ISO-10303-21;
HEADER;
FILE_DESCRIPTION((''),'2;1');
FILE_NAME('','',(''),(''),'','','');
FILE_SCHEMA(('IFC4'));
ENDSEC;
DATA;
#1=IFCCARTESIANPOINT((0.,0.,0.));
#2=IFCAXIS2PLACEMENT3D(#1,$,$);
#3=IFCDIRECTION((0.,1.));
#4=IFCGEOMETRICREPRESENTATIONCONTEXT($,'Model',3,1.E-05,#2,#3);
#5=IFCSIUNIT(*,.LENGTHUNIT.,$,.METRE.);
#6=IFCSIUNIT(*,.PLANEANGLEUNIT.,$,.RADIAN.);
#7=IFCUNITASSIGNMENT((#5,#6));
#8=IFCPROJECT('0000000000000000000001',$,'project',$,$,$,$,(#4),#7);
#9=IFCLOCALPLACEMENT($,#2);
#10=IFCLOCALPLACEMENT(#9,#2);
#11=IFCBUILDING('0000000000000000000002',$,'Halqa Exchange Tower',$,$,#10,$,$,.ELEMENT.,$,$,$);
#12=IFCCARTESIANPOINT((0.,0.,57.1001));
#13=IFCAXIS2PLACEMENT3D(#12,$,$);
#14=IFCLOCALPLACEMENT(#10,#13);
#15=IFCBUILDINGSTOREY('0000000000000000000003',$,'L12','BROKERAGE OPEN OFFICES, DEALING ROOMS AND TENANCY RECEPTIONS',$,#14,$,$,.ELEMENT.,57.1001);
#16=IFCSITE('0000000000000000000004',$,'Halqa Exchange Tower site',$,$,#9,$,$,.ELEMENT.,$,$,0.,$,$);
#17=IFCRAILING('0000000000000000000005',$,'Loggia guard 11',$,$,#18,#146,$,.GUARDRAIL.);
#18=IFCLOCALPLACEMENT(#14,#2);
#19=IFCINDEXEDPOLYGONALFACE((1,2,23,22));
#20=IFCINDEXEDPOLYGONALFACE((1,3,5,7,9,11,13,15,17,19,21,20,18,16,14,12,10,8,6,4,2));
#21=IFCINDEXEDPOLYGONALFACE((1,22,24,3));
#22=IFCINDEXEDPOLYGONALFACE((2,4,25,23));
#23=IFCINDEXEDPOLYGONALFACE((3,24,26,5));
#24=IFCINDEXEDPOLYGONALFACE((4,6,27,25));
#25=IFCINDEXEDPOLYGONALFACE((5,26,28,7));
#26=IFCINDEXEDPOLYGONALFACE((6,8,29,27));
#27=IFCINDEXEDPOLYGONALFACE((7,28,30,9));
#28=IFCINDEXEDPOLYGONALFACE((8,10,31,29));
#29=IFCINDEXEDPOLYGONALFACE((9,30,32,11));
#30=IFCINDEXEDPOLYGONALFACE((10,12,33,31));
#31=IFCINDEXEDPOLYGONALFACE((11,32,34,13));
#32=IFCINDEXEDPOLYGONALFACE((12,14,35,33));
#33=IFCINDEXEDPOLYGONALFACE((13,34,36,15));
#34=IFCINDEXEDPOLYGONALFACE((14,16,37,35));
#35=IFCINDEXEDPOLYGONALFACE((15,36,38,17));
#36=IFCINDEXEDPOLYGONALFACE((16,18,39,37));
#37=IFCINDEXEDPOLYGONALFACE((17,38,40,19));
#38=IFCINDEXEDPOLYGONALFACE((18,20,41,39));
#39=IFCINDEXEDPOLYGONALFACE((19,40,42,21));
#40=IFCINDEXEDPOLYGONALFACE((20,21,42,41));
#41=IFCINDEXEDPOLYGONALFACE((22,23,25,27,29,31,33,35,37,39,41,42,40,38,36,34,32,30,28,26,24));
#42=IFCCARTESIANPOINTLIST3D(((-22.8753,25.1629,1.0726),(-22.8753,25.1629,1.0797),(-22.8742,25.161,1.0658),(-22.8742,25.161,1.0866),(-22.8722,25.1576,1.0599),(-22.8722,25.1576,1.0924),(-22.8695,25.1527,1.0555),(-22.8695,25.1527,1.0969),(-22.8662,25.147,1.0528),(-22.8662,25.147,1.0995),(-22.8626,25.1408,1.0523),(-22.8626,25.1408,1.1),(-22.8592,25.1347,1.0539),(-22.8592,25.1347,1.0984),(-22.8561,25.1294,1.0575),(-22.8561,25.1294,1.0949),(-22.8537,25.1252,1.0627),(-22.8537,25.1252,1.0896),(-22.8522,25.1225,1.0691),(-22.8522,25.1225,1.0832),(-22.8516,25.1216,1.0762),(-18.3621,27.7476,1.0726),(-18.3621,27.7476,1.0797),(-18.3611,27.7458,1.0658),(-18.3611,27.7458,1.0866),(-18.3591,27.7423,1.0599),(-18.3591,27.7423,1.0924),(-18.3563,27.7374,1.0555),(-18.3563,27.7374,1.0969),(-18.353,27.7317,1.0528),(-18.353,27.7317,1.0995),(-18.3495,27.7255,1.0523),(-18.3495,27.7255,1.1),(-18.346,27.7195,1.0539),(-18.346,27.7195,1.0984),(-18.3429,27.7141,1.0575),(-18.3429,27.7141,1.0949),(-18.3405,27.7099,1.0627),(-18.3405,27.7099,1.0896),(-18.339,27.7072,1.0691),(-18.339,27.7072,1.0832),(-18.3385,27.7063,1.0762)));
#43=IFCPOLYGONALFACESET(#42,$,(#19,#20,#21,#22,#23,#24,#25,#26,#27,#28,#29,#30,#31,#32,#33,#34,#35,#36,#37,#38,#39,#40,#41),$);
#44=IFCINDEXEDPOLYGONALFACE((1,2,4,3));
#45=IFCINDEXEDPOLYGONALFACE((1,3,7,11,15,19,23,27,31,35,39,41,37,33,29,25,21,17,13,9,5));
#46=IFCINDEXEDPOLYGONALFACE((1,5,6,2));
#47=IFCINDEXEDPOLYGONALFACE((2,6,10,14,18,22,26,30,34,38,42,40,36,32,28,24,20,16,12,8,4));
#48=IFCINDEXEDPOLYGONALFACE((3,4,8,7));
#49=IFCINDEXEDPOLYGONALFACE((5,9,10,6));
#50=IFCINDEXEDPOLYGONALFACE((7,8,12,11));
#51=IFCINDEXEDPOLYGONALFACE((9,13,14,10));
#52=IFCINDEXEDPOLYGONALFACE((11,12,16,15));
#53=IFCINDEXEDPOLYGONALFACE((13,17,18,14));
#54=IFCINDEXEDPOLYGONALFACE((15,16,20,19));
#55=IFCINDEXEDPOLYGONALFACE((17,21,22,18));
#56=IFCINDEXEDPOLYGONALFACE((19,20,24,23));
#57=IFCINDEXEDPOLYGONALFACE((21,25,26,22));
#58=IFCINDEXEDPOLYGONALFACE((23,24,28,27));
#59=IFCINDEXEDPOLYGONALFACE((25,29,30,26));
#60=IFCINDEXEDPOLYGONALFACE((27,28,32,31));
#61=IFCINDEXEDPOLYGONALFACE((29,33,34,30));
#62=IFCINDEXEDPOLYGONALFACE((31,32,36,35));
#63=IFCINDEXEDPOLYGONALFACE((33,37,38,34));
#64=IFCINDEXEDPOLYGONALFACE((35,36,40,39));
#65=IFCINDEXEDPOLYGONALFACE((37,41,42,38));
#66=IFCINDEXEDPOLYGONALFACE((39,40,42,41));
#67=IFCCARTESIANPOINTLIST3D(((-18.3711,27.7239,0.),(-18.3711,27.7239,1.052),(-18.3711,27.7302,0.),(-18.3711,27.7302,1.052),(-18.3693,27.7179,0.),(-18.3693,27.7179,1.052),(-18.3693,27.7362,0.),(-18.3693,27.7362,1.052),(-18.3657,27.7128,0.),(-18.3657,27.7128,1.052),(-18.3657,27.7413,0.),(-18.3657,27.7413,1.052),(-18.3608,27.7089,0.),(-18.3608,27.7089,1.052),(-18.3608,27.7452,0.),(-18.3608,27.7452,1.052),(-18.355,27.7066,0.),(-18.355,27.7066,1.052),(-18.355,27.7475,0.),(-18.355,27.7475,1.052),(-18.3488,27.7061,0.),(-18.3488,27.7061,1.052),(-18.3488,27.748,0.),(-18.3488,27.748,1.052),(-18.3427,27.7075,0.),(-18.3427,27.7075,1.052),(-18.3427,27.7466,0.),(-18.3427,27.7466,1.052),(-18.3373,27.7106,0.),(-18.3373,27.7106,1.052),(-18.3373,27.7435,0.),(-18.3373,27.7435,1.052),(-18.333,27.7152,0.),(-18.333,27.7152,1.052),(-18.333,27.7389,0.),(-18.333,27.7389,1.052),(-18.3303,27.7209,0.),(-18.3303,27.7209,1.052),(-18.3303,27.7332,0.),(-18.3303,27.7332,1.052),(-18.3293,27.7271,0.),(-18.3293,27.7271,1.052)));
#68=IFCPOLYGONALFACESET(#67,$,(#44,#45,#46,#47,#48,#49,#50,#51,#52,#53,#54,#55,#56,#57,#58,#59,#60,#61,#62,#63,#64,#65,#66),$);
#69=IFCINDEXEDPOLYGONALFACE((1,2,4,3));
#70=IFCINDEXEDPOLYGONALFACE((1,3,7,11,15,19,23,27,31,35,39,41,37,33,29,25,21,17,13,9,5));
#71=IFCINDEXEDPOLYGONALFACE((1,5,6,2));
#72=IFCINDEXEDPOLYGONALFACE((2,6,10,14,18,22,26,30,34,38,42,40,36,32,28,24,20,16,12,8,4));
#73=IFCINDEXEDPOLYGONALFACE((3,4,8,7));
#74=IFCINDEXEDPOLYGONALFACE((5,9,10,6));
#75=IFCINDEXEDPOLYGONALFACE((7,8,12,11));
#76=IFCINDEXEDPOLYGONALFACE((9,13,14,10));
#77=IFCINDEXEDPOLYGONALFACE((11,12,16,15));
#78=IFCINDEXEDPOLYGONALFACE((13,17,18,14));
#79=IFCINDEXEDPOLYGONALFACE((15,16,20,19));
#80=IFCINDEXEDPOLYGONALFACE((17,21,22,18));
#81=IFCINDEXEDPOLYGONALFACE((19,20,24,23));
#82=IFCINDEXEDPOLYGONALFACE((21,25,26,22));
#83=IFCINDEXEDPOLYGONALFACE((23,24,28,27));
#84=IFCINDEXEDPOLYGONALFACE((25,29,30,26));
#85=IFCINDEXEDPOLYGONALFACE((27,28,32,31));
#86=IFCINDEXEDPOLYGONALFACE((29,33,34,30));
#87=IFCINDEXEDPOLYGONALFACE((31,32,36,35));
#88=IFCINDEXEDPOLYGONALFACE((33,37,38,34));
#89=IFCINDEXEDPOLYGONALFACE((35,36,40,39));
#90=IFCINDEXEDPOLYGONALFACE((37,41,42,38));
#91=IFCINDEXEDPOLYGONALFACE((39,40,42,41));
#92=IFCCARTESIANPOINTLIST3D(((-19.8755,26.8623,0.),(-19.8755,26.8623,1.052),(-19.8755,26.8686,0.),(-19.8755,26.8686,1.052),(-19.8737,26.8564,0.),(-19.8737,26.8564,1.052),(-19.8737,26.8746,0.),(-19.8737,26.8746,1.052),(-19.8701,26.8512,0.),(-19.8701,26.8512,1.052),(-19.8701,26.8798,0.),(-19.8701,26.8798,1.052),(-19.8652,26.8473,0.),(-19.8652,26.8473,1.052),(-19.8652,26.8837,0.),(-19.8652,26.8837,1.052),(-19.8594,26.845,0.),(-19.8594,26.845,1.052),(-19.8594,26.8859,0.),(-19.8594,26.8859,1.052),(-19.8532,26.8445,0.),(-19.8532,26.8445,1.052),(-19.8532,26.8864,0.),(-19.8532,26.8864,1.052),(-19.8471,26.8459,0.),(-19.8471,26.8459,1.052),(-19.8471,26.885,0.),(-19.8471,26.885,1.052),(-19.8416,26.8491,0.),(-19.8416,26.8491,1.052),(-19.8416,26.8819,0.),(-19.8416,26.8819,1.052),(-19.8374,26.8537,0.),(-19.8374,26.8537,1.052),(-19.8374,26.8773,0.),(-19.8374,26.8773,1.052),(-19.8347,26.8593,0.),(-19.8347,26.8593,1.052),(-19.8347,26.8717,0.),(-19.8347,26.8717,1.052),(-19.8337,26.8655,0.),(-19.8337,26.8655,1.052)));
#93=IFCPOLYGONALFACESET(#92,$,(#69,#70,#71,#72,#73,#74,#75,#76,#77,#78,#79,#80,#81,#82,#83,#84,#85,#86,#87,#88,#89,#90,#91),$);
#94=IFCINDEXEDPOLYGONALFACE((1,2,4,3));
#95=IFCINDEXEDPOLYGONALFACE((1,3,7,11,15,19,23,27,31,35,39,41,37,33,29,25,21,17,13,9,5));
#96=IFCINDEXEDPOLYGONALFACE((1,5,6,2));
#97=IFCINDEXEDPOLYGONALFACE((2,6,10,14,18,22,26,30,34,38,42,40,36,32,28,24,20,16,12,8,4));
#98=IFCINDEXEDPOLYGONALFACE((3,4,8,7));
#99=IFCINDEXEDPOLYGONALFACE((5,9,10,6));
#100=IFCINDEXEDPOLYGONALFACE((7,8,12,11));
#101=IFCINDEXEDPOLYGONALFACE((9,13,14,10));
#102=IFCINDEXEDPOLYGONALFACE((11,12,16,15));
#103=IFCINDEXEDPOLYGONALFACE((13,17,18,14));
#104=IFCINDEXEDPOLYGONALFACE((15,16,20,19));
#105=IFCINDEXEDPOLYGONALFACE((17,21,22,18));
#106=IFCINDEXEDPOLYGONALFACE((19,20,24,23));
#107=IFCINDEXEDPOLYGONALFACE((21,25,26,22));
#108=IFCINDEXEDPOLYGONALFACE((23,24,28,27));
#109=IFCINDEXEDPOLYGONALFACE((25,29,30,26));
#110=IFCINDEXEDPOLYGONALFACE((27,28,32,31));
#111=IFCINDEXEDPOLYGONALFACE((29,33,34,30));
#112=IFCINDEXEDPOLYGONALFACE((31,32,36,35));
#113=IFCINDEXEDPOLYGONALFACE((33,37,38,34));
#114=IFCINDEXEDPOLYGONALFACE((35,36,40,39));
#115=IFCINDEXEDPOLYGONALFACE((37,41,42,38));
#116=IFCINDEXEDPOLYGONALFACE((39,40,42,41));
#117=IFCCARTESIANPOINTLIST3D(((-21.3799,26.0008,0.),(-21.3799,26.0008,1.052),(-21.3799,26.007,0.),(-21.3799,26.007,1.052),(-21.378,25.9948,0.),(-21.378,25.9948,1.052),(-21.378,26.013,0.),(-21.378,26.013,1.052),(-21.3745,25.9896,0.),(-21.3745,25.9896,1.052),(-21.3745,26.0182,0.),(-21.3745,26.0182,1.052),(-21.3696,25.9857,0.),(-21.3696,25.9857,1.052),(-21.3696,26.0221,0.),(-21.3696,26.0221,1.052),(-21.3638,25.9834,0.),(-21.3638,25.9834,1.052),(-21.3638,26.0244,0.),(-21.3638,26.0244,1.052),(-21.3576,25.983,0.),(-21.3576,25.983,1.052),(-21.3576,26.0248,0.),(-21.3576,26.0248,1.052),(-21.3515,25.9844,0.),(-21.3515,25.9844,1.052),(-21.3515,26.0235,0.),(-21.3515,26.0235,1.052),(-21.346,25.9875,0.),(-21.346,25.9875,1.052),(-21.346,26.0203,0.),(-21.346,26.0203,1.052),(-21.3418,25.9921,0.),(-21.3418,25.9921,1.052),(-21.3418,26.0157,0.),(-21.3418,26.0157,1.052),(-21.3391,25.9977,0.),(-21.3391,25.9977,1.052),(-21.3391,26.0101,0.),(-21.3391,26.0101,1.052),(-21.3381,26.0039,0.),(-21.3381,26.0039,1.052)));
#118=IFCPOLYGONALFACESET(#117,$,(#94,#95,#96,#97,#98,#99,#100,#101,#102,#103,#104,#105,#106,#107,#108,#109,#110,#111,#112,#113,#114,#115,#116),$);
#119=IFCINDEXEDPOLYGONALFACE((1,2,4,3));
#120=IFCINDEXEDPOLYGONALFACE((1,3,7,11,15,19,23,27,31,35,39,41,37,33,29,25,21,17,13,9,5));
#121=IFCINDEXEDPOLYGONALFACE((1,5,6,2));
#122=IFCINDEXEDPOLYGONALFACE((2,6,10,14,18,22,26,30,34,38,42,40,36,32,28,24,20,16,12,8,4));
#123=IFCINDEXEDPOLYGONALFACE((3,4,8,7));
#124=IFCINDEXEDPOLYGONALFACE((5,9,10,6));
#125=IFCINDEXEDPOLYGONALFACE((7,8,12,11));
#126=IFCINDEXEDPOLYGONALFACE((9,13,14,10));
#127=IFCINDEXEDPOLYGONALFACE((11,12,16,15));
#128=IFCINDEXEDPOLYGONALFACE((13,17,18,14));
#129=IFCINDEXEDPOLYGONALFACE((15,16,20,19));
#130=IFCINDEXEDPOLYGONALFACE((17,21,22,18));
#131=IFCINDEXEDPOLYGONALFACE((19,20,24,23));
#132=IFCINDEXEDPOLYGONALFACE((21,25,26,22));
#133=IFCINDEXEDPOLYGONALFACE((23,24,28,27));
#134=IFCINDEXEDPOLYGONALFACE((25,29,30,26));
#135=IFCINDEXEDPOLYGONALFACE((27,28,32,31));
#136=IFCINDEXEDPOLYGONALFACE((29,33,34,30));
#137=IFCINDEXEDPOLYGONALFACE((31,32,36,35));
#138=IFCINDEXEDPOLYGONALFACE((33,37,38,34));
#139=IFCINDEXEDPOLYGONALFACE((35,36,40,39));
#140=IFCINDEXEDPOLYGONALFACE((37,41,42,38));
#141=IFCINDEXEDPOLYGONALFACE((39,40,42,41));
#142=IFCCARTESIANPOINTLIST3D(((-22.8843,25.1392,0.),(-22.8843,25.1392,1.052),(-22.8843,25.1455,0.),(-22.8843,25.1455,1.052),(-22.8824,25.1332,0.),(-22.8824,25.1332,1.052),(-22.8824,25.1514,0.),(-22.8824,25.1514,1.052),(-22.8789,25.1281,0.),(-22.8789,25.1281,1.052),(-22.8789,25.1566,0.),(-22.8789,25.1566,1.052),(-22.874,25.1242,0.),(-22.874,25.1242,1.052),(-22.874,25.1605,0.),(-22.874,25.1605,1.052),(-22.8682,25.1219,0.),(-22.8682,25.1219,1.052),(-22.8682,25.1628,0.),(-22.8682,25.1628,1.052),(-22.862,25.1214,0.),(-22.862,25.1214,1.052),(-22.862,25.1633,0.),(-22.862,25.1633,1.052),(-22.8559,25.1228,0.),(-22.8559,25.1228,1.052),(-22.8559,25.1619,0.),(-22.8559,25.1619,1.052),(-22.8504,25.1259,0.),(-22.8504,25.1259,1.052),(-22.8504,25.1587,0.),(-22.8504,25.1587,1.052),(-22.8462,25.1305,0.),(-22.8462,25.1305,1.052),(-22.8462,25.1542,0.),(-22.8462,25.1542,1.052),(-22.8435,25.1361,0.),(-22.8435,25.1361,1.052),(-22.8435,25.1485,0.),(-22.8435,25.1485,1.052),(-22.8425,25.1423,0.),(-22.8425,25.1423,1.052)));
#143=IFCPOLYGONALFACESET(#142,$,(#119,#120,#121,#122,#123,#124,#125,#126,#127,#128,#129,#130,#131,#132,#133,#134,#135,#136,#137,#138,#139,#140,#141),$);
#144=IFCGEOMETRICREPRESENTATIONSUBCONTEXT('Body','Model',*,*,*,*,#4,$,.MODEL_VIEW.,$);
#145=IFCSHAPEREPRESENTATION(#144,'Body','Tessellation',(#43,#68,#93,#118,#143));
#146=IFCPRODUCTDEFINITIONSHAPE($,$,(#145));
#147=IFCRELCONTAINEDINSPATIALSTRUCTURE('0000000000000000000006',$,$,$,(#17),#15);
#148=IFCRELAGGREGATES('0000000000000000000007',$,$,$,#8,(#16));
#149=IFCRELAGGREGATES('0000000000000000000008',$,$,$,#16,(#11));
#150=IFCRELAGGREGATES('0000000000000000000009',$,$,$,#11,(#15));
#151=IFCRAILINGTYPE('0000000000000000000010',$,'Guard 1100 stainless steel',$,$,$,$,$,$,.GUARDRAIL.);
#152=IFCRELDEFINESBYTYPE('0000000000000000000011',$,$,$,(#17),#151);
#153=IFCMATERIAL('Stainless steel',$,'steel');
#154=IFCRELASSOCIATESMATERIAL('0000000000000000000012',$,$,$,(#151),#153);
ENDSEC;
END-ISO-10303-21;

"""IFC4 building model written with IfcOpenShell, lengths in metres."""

from ifc_helpers import new_model, si_unit, direction, frame, origin, origin_2d, place, context, subcontext, project, spatial, circle, extrude, material, type_object, element, save


model = new_model("IFC4")

# Units and contexts
model_context = context("Model", 3, precision=1e-05, world=origin(), true_north=direction((0.0, 1.0)))
body_context = subcontext(model_context, "Body", "Model", "MODEL_VIEW")
ifc_project = project(units=[si_unit("LENGTHUNIT", "METRE"), si_unit("PLANEANGLEUNIT", "RADIAN")], contexts=[model_context])

# Site, building, storey
site_placement = place(None, origin())
site = spatial("IfcSite", under=ifc_project, at=site_placement, Name="Halqa Exchange Tower site", CompositionType="ELEMENT", RefElevation=0.0)
building_placement = place(site_placement, origin())
building = spatial("IfcBuilding", under=site, at=building_placement, Name="Halqa Exchange Tower", CompositionType="ELEMENT")
storey_placement = place(building_placement, frame((0.0, 0.0, 57.1001)))
storey = spatial("IfcBuildingStorey", under=building, at=storey_placement, Name="L12", Description="BROKERAGE OPEN OFFICES, DEALING ROOMS AND TENANCY RECEPTIONS", CompositionType="ELEMENT", Elevation=57.1001)

# Railing
ifc_material_1 = material(Name="Stainless steel", Category="steel")
railing_type = type_object("IfcRailingType", Name="Guard 1100 stainless steel", PredefinedType="GUARDRAIL", material=ifc_material_1)
railing_1_placement = place(storey_placement, frame((-18.3503, 27.7271, 0.0)))
element("IfcRailing", 1, at=railing_1_placement, inside=storey, type_object=railing_type, Name="Loggia guard 11", PredefinedType="GUARDRAIL", context=body_context, shape_type="SweptSolid", body=[
    extrude(circle(Radius=0.0239, at=origin_2d()), frame((0.0, 0.0, 1.0762), z_axis=(-0.867766, -0.496973, 0.0), x_axis=(0.496973, -0.867766, 0.0)), (0.0, 0.0, 1.0), 5.2009),
    extrude(circle(Radius=0.021, at=origin_2d()), origin(), (0.0, 0.0, 1.0), 1.052),
    extrude(circle(Radius=0.021, at=origin_2d()), frame((-1.5044, -0.8616, 0.0)), (0.0, 0.0, 1.0), 1.052),
    extrude(circle(Radius=0.021, at=origin_2d()), frame((-3.0088, -1.7231, 0.0)), (0.0, 0.0, 1.0), 1.052),
    extrude(circle(Radius=0.021, at=origin_2d()), frame((-4.5132, -2.5847, 0.0)), (0.0, 0.0, 1.0), 1.052),
])

save(model, "model.ifc")
